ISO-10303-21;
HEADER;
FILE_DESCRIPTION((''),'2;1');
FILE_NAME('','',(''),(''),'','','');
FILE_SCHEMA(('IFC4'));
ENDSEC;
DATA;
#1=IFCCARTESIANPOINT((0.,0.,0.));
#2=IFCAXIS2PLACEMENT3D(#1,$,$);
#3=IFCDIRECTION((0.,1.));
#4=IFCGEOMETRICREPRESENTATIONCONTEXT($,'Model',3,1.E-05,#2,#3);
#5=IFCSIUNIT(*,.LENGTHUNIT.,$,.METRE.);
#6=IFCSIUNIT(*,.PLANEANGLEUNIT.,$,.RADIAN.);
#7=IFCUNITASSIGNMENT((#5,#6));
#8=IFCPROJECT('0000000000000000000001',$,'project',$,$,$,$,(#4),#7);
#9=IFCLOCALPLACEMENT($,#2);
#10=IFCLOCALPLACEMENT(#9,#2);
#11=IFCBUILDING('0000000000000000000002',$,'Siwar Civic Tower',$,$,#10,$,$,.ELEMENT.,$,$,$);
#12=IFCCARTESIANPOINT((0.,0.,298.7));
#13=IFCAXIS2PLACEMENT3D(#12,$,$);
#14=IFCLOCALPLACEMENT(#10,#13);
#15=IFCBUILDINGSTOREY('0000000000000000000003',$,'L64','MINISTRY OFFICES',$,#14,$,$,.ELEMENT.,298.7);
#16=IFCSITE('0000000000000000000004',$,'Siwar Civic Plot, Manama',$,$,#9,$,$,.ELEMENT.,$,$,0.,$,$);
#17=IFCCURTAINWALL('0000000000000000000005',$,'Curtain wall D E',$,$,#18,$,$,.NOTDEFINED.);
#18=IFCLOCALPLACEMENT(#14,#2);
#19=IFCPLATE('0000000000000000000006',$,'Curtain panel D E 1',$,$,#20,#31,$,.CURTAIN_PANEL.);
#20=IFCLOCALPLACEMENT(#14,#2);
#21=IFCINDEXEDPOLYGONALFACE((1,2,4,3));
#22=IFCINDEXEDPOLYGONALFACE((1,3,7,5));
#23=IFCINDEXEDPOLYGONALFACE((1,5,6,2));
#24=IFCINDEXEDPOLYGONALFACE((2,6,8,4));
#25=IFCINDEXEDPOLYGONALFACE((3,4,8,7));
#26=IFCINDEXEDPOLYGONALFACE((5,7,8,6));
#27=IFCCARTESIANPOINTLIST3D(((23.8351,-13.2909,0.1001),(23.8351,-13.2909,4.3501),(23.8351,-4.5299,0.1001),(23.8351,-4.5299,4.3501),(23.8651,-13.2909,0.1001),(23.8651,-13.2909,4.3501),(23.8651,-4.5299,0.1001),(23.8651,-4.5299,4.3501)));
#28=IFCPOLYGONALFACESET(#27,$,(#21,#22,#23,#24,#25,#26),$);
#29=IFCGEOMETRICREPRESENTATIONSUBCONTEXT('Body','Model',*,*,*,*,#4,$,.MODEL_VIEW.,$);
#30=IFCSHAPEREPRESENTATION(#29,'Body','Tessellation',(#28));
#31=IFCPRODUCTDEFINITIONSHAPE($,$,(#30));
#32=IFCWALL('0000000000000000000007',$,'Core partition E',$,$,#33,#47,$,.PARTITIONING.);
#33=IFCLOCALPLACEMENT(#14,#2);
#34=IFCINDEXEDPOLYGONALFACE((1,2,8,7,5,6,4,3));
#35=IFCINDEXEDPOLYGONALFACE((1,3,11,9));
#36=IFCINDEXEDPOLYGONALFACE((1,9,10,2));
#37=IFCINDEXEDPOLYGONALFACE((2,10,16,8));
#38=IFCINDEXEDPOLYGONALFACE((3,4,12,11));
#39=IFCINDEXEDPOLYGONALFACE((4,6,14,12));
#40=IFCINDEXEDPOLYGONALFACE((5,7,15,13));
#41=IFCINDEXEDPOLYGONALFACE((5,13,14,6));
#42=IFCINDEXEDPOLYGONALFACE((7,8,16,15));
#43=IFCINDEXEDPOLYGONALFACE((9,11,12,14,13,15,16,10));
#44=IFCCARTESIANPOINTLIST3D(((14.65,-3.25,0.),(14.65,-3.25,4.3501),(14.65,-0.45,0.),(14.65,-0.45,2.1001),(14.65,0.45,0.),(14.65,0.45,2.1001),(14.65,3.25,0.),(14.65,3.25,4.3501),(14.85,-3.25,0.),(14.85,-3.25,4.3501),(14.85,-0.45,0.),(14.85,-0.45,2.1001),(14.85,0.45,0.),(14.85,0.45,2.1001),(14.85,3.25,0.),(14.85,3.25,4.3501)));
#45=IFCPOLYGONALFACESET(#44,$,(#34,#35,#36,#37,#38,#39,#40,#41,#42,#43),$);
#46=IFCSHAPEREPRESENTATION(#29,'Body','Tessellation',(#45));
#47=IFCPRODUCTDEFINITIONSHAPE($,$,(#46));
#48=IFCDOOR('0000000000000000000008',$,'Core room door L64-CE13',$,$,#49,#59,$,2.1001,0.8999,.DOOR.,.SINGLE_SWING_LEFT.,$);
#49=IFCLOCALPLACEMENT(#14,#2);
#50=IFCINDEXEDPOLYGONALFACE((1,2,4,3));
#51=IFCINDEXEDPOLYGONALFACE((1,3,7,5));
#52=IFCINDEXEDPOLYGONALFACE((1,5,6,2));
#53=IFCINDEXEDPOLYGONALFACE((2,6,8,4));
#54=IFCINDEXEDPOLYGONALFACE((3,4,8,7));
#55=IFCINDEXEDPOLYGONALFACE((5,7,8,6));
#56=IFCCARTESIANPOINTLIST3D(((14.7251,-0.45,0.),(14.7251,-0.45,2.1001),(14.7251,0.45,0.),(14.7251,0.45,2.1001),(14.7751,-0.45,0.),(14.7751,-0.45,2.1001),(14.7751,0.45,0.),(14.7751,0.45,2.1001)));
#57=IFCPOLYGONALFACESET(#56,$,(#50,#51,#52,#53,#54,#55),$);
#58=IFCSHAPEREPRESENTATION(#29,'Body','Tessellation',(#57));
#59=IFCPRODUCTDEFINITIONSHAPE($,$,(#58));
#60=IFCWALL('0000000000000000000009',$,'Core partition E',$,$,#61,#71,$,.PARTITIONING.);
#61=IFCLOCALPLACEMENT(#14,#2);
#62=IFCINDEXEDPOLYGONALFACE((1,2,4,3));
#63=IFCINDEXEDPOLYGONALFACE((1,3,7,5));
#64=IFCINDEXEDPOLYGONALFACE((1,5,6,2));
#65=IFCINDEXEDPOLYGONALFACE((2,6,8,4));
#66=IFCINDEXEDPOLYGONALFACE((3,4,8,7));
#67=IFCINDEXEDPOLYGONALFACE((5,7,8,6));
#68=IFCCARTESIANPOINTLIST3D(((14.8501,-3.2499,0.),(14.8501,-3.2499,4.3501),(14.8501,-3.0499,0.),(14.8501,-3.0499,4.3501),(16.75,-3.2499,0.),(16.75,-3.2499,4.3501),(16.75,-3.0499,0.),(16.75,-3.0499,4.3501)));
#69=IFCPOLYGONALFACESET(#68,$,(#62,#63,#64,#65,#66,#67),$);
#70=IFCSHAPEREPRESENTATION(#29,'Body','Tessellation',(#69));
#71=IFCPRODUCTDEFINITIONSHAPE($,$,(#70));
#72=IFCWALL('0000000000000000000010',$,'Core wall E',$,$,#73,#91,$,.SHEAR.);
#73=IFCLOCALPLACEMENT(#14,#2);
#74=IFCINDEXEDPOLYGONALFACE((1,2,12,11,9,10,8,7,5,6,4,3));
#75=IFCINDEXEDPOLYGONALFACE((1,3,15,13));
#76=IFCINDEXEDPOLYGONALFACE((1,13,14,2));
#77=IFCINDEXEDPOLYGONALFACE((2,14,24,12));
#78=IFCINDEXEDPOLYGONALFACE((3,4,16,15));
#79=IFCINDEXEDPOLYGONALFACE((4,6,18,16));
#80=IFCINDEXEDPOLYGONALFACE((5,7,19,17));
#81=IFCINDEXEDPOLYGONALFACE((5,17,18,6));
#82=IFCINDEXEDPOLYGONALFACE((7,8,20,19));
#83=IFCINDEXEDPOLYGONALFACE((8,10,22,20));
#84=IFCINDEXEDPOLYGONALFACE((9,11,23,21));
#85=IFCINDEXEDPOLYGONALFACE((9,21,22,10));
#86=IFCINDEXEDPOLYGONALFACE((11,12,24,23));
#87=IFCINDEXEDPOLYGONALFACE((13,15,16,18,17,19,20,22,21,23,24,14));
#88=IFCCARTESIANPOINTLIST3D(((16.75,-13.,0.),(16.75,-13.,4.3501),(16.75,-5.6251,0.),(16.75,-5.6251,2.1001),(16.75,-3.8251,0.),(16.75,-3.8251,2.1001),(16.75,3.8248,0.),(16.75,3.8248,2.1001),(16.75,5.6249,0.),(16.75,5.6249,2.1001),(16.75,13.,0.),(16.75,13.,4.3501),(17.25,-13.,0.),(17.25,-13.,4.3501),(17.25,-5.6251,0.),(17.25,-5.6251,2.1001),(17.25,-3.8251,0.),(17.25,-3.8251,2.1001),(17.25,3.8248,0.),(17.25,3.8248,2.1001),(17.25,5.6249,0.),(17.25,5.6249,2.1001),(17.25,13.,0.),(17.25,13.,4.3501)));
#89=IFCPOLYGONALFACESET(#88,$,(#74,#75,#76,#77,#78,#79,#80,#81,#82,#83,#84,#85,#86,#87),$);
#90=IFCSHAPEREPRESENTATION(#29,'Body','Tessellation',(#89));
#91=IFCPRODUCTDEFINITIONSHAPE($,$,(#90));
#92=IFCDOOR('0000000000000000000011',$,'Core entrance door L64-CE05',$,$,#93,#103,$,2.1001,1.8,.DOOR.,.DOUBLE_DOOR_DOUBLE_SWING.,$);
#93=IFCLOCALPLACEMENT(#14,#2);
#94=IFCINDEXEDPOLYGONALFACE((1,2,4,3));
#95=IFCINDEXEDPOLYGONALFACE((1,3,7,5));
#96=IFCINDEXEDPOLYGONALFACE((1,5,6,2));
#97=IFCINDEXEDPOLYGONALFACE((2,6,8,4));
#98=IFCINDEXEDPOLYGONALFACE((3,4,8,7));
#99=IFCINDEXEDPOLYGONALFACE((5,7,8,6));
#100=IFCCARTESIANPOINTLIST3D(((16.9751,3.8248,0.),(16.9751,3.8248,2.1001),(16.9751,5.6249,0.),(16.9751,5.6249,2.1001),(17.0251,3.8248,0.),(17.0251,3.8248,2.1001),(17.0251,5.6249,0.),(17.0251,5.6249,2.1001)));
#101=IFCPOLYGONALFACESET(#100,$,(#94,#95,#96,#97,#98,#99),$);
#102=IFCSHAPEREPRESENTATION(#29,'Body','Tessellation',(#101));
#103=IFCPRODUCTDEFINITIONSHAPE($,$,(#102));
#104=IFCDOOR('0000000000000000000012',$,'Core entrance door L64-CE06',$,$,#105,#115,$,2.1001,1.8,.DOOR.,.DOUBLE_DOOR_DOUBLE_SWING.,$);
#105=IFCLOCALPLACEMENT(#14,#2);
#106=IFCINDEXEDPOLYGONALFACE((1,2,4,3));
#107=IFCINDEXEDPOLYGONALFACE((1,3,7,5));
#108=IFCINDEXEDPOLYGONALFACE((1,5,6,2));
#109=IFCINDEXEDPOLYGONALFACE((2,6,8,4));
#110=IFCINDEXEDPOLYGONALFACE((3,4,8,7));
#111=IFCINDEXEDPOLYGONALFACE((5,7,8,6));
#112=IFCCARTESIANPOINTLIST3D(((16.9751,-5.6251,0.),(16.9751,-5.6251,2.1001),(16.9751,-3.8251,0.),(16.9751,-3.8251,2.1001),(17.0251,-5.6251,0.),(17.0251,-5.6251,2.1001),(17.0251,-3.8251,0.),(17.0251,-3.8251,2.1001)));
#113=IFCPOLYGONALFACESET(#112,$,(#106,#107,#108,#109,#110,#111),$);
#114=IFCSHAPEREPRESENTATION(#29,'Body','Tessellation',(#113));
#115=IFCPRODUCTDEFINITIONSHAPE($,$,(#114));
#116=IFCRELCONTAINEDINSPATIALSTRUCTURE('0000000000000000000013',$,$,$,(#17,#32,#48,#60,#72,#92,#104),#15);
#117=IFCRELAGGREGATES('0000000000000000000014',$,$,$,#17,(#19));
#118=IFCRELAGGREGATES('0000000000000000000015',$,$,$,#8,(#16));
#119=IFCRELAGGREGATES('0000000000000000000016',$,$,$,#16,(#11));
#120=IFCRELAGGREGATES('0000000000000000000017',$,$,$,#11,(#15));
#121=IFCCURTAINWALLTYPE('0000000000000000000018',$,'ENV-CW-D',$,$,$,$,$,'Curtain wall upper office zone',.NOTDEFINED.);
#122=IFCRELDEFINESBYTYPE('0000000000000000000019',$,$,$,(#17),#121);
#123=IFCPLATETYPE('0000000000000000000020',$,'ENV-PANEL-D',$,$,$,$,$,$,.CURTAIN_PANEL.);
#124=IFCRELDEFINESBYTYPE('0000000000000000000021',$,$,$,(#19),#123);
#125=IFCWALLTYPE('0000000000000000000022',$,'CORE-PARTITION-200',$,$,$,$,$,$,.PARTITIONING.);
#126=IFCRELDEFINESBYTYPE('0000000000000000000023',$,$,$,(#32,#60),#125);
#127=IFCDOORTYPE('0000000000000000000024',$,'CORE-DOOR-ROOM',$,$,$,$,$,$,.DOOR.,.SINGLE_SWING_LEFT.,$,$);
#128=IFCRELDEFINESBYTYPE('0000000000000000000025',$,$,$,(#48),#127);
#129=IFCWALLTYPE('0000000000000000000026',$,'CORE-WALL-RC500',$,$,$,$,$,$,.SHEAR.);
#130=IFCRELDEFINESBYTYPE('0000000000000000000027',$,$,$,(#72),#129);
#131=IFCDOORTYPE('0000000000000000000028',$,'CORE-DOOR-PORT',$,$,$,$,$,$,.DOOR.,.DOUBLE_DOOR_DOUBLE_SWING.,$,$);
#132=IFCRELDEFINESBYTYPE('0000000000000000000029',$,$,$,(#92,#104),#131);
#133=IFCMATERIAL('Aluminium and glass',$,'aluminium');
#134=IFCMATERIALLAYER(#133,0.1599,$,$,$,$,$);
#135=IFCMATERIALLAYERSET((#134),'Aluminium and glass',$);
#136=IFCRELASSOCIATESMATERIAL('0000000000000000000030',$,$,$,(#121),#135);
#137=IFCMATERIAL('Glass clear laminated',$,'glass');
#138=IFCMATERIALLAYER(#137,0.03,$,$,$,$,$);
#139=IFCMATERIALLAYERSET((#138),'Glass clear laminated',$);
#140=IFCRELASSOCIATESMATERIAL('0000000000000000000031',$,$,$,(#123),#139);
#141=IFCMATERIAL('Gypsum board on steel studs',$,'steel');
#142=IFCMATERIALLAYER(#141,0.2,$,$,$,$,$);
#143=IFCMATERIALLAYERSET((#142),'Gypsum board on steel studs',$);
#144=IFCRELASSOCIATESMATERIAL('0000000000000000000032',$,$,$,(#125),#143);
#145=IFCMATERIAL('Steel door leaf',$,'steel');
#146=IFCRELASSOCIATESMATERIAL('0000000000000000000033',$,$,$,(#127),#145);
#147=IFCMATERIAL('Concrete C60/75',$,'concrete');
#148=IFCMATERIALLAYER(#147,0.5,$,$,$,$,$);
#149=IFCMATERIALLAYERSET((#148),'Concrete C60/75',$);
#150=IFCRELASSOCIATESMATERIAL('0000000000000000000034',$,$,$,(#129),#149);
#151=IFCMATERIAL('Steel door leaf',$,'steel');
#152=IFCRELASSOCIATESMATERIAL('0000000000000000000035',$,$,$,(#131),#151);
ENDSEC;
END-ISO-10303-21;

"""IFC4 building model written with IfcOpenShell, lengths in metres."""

from ifc_helpers import new_model, si_unit, direction, frame, frame_2d, origin, origin_2d, place, context, subcontext, project, spatial, rectangle, extrude, material, layer, layer_set, type_object, element, fill, aggregate, save


model = new_model("IFC4")

# Units and contexts
model_context = context("Model", 3, precision=1e-05, world=origin(), true_north=direction((0.0, 1.0)))
body_context = subcontext(model_context, "Body", "Model", "MODEL_VIEW")
ifc_project = project(units=[si_unit("LENGTHUNIT", "METRE"), si_unit("PLANEANGLEUNIT", "RADIAN")], contexts=[model_context])

# Site, building, storey
site_placement = place(None, origin())
site = spatial("IfcSite", under=ifc_project, at=site_placement, Name="Siwar Civic Plot, Manama", CompositionType="ELEMENT", RefElevation=0.0)
building_placement = place(site_placement, origin())
building = spatial("IfcBuilding", under=site, at=building_placement, Name="Siwar Civic Tower", CompositionType="ELEMENT")
storey_placement = place(building_placement, frame((0.0, 0.0, 298.7)))
storey = spatial("IfcBuildingStorey", under=building, at=storey_placement, Name="L64", Description="MINISTRY OFFICES", CompositionType="ELEMENT", Elevation=298.7)

# Curtain wall
ifc_material_1 = material(Name="Aluminium and glass", Category="aluminium")
ifc_layer_1 = layer(ifc_material_1, 0.1599)
ifc_layer_set_1 = layer_set([ifc_layer_1], Name="Aluminium and glass")
curtain_wall_type = type_object("IfcCurtainWallType", Name="ENV-CW-D", ElementType="Curtain wall upper office zone", PredefinedType="NOTDEFINED", material=ifc_layer_set_1)
curtain_wall_placement = place(storey_placement, origin())
curtain_wall = element("IfcCurtainWall", 1, at=curtain_wall_placement, inside=storey, type_object=curtain_wall_type, Name="Curtain wall D E", PredefinedType="NOTDEFINED")

# Plate
ifc_material_2 = material(Name="Glass clear laminated", Category="glass")
ifc_layer_2 = layer(ifc_material_2, 0.03)
ifc_layer_set_2 = layer_set([ifc_layer_2], Name="Glass clear laminated")
plate_type = type_object("IfcPlateType", Name="ENV-PANEL-D", PredefinedType="CURTAIN_PANEL", material=ifc_layer_set_2)
plate_placement = place(storey_placement, frame((23.8501, -8.9104, 0.1001), z_axis=(0.0, 0.0, 1.0), x_axis=(0.0, 1.0, 0.0)))
plate = element("IfcPlate", 2, at=plate_placement, type_object=plate_type, Name="Curtain panel D E 1", PredefinedType="CURTAIN_PANEL", context=body_context, shape_type="SweptSolid", body=[
    extrude(rectangle(XDim=8.761, YDim=0.03, at=origin_2d()), origin(), (0.0, 0.0, 1.0), 4.25),
])
aggregate(curtain_wall, [plate])

# Wall, opening, door
ifc_material_3 = material(Name="Gypsum board on steel studs", Category="steel")
ifc_layer_3 = layer(ifc_material_3, 0.2)
ifc_layer_set_3 = layer_set([ifc_layer_3], Name="Gypsum board on steel studs")
wall_type_1 = type_object("IfcWallType", Name="CORE-PARTITION-200", PredefinedType="PARTITIONING", material=ifc_layer_set_3)
wall_1_placement = place(storey_placement, frame((14.75, -3.25, 0.0), z_axis=(0.0, 0.0, 1.0), x_axis=(0.0, 1.0, 0.0)))
wall_1 = element("IfcWall", 3, at=wall_1_placement, inside=storey, type_object=wall_type_1, Name="Core partition E", PredefinedType="PARTITIONING", context=body_context, shape_type="SweptSolid", body=[
    extrude(rectangle(XDim=6.5, YDim=0.2, at=frame_2d((3.25, 0.0))), origin(), (0.0, 0.0, 1.0), 4.3501),
])
opening_1_placement = place(wall_1_placement, frame((2.8, 0.0, 0.0)))
opening_1 = element("IfcOpeningElement", 4, at=opening_1_placement, cuts=wall_1, PredefinedType="OPENING", context=body_context, shape_type="SweptSolid", body=[
    extrude(rectangle(XDim=0.8999, YDim=2.1001, at=frame_2d((0.45, 1.05))), frame((0.0, 0.1099, 0.0), z_axis=(0.0, -1.0, 0.0), x_axis=(1.0, 0.0, 0.0)), (0.0, 0.0, 1.0), 0.22),
])
ifc_material_4 = material(Name="Steel door leaf", Category="steel")
door_type_1 = type_object("IfcDoorType", Name="CORE-DOOR-ROOM", OperationType="SINGLE_SWING_LEFT", PredefinedType="DOOR", material=ifc_material_4)
door_1_placement = place(opening_1_placement, origin())
door_1 = element("IfcDoor", 5, at=door_1_placement, inside=storey, type_object=door_type_1, Name="Core room door L64-CE13", OperationType="SINGLE_SWING_LEFT", OverallHeight=2.1001, OverallWidth=0.8999, PredefinedType="DOOR", context=body_context, shape_type="SweptSolid", body=[
    extrude(rectangle(XDim=0.8999, YDim=2.1001, at=frame_2d((0.45, 1.05))), frame((0.0, 0.0249, 0.0), z_axis=(0.0, -1.0, 0.0), x_axis=(1.0, 0.0, 0.0)), (0.0, 0.0, 1.0), 0.05),
])
fill(opening_1, door_1)

# Wall
wall_2_placement = place(storey_placement, frame((14.8501, -3.1499, 0.0), z_axis=(0.0, 0.0, 1.0), x_axis=(1.0, 0.0, 0.0)))
element("IfcWall", 6, at=wall_2_placement, inside=storey, type_object=wall_type_1, Name="Core partition E", PredefinedType="PARTITIONING", context=body_context, shape_type="SweptSolid", body=[
    extrude(rectangle(XDim=1.8999, YDim=0.2, at=frame_2d((0.95, 0.0))), origin(), (0.0, 0.0, 1.0), 4.3501),
])

# Wall, openings, doors
ifc_material_5 = material(Name="Concrete C60/75", Category="concrete")
ifc_layer_4 = layer(ifc_material_5, 0.5)
ifc_layer_set_4 = layer_set([ifc_layer_4], Name="Concrete C60/75")
wall_type_2 = type_object("IfcWallType", Name="CORE-WALL-RC500", PredefinedType="SHEAR", material=ifc_layer_set_4)
wall_3_placement = place(storey_placement, frame((17.0, -13.0, 0.0), z_axis=(0.0, 0.0, 1.0), x_axis=(0.0, 1.0, 0.0)))
wall_3 = element("IfcWall", 7, at=wall_3_placement, inside=storey, type_object=wall_type_2, Name="Core wall E", PredefinedType="SHEAR", context=body_context, shape_type="SweptSolid", body=[
    extrude(rectangle(XDim=26.0, YDim=0.5, at=frame_2d((13.0, 0.0))), origin(), (0.0, 0.0, 1.0), 4.3501),
])
opening_2_placement = place(wall_3_placement, frame((16.825, 0.0, 0.0)))
opening_2 = element("IfcOpeningElement", 8, at=opening_2_placement, cuts=wall_3, PredefinedType="OPENING", context=body_context, shape_type="SweptSolid", body=[
    extrude(rectangle(XDim=1.8, YDim=2.1001, at=frame_2d((0.8999, 1.05))), frame((0.0, 0.26, 0.0), z_axis=(0.0, -1.0, 0.0), x_axis=(1.0, 0.0, 0.0)), (0.0, 0.0, 1.0), 0.52),
])
opening_3_placement = place(wall_3_placement, frame((7.375, 0.0, 0.0)))
opening_3 = element("IfcOpeningElement", 9, at=opening_3_placement, cuts=wall_3, PredefinedType="OPENING", context=body_context, shape_type="SweptSolid", body=[
    extrude(rectangle(XDim=1.8, YDim=2.1001, at=frame_2d((0.8999, 1.05))), frame((0.0, 0.26, 0.0), z_axis=(0.0, -1.0, 0.0), x_axis=(1.0, 0.0, 0.0)), (0.0, 0.0, 1.0), 0.52),
])
ifc_material_6 = material(Name="Steel door leaf", Category="steel")
door_type_2 = type_object("IfcDoorType", Name="CORE-DOOR-PORT", OperationType="DOUBLE_DOOR_DOUBLE_SWING", PredefinedType="DOOR", material=ifc_material_6)
door_2_placement = place(opening_2_placement, origin())
door_2 = element("IfcDoor", 10, at=door_2_placement, inside=storey, type_object=door_type_2, Name="Core entrance door L64-CE05", OperationType="DOUBLE_DOOR_DOUBLE_SWING", OverallHeight=2.1001, OverallWidth=1.8, PredefinedType="DOOR", context=body_context, shape_type="SweptSolid", body=[
    extrude(rectangle(XDim=1.8, YDim=2.1001, at=frame_2d((0.8999, 1.05))), frame((0.0, 0.0249, 0.0), z_axis=(0.0, -1.0, 0.0), x_axis=(1.0, 0.0, 0.0)), (0.0, 0.0, 1.0), 0.05),
])
fill(opening_2, door_2)
door_3_placement = place(opening_3_placement, origin())
door_3 = element("IfcDoor", 11, at=door_3_placement, inside=storey, type_object=door_type_2, Name="Core entrance door L64-CE06", OperationType="DOUBLE_DOOR_DOUBLE_SWING", OverallHeight=2.1001, OverallWidth=1.8, PredefinedType="DOOR", context=body_context, shape_type="SweptSolid", body=[
    extrude(rectangle(XDim=1.8, YDim=2.1001, at=frame_2d((0.8999, 1.05))), frame((0.0, 0.0249, 0.0), z_axis=(0.0, -1.0, 0.0), x_axis=(1.0, 0.0, 0.0)), (0.0, 0.0, 1.0), 0.05),
])
fill(opening_3, door_3)

save(model, "model.ifc")
